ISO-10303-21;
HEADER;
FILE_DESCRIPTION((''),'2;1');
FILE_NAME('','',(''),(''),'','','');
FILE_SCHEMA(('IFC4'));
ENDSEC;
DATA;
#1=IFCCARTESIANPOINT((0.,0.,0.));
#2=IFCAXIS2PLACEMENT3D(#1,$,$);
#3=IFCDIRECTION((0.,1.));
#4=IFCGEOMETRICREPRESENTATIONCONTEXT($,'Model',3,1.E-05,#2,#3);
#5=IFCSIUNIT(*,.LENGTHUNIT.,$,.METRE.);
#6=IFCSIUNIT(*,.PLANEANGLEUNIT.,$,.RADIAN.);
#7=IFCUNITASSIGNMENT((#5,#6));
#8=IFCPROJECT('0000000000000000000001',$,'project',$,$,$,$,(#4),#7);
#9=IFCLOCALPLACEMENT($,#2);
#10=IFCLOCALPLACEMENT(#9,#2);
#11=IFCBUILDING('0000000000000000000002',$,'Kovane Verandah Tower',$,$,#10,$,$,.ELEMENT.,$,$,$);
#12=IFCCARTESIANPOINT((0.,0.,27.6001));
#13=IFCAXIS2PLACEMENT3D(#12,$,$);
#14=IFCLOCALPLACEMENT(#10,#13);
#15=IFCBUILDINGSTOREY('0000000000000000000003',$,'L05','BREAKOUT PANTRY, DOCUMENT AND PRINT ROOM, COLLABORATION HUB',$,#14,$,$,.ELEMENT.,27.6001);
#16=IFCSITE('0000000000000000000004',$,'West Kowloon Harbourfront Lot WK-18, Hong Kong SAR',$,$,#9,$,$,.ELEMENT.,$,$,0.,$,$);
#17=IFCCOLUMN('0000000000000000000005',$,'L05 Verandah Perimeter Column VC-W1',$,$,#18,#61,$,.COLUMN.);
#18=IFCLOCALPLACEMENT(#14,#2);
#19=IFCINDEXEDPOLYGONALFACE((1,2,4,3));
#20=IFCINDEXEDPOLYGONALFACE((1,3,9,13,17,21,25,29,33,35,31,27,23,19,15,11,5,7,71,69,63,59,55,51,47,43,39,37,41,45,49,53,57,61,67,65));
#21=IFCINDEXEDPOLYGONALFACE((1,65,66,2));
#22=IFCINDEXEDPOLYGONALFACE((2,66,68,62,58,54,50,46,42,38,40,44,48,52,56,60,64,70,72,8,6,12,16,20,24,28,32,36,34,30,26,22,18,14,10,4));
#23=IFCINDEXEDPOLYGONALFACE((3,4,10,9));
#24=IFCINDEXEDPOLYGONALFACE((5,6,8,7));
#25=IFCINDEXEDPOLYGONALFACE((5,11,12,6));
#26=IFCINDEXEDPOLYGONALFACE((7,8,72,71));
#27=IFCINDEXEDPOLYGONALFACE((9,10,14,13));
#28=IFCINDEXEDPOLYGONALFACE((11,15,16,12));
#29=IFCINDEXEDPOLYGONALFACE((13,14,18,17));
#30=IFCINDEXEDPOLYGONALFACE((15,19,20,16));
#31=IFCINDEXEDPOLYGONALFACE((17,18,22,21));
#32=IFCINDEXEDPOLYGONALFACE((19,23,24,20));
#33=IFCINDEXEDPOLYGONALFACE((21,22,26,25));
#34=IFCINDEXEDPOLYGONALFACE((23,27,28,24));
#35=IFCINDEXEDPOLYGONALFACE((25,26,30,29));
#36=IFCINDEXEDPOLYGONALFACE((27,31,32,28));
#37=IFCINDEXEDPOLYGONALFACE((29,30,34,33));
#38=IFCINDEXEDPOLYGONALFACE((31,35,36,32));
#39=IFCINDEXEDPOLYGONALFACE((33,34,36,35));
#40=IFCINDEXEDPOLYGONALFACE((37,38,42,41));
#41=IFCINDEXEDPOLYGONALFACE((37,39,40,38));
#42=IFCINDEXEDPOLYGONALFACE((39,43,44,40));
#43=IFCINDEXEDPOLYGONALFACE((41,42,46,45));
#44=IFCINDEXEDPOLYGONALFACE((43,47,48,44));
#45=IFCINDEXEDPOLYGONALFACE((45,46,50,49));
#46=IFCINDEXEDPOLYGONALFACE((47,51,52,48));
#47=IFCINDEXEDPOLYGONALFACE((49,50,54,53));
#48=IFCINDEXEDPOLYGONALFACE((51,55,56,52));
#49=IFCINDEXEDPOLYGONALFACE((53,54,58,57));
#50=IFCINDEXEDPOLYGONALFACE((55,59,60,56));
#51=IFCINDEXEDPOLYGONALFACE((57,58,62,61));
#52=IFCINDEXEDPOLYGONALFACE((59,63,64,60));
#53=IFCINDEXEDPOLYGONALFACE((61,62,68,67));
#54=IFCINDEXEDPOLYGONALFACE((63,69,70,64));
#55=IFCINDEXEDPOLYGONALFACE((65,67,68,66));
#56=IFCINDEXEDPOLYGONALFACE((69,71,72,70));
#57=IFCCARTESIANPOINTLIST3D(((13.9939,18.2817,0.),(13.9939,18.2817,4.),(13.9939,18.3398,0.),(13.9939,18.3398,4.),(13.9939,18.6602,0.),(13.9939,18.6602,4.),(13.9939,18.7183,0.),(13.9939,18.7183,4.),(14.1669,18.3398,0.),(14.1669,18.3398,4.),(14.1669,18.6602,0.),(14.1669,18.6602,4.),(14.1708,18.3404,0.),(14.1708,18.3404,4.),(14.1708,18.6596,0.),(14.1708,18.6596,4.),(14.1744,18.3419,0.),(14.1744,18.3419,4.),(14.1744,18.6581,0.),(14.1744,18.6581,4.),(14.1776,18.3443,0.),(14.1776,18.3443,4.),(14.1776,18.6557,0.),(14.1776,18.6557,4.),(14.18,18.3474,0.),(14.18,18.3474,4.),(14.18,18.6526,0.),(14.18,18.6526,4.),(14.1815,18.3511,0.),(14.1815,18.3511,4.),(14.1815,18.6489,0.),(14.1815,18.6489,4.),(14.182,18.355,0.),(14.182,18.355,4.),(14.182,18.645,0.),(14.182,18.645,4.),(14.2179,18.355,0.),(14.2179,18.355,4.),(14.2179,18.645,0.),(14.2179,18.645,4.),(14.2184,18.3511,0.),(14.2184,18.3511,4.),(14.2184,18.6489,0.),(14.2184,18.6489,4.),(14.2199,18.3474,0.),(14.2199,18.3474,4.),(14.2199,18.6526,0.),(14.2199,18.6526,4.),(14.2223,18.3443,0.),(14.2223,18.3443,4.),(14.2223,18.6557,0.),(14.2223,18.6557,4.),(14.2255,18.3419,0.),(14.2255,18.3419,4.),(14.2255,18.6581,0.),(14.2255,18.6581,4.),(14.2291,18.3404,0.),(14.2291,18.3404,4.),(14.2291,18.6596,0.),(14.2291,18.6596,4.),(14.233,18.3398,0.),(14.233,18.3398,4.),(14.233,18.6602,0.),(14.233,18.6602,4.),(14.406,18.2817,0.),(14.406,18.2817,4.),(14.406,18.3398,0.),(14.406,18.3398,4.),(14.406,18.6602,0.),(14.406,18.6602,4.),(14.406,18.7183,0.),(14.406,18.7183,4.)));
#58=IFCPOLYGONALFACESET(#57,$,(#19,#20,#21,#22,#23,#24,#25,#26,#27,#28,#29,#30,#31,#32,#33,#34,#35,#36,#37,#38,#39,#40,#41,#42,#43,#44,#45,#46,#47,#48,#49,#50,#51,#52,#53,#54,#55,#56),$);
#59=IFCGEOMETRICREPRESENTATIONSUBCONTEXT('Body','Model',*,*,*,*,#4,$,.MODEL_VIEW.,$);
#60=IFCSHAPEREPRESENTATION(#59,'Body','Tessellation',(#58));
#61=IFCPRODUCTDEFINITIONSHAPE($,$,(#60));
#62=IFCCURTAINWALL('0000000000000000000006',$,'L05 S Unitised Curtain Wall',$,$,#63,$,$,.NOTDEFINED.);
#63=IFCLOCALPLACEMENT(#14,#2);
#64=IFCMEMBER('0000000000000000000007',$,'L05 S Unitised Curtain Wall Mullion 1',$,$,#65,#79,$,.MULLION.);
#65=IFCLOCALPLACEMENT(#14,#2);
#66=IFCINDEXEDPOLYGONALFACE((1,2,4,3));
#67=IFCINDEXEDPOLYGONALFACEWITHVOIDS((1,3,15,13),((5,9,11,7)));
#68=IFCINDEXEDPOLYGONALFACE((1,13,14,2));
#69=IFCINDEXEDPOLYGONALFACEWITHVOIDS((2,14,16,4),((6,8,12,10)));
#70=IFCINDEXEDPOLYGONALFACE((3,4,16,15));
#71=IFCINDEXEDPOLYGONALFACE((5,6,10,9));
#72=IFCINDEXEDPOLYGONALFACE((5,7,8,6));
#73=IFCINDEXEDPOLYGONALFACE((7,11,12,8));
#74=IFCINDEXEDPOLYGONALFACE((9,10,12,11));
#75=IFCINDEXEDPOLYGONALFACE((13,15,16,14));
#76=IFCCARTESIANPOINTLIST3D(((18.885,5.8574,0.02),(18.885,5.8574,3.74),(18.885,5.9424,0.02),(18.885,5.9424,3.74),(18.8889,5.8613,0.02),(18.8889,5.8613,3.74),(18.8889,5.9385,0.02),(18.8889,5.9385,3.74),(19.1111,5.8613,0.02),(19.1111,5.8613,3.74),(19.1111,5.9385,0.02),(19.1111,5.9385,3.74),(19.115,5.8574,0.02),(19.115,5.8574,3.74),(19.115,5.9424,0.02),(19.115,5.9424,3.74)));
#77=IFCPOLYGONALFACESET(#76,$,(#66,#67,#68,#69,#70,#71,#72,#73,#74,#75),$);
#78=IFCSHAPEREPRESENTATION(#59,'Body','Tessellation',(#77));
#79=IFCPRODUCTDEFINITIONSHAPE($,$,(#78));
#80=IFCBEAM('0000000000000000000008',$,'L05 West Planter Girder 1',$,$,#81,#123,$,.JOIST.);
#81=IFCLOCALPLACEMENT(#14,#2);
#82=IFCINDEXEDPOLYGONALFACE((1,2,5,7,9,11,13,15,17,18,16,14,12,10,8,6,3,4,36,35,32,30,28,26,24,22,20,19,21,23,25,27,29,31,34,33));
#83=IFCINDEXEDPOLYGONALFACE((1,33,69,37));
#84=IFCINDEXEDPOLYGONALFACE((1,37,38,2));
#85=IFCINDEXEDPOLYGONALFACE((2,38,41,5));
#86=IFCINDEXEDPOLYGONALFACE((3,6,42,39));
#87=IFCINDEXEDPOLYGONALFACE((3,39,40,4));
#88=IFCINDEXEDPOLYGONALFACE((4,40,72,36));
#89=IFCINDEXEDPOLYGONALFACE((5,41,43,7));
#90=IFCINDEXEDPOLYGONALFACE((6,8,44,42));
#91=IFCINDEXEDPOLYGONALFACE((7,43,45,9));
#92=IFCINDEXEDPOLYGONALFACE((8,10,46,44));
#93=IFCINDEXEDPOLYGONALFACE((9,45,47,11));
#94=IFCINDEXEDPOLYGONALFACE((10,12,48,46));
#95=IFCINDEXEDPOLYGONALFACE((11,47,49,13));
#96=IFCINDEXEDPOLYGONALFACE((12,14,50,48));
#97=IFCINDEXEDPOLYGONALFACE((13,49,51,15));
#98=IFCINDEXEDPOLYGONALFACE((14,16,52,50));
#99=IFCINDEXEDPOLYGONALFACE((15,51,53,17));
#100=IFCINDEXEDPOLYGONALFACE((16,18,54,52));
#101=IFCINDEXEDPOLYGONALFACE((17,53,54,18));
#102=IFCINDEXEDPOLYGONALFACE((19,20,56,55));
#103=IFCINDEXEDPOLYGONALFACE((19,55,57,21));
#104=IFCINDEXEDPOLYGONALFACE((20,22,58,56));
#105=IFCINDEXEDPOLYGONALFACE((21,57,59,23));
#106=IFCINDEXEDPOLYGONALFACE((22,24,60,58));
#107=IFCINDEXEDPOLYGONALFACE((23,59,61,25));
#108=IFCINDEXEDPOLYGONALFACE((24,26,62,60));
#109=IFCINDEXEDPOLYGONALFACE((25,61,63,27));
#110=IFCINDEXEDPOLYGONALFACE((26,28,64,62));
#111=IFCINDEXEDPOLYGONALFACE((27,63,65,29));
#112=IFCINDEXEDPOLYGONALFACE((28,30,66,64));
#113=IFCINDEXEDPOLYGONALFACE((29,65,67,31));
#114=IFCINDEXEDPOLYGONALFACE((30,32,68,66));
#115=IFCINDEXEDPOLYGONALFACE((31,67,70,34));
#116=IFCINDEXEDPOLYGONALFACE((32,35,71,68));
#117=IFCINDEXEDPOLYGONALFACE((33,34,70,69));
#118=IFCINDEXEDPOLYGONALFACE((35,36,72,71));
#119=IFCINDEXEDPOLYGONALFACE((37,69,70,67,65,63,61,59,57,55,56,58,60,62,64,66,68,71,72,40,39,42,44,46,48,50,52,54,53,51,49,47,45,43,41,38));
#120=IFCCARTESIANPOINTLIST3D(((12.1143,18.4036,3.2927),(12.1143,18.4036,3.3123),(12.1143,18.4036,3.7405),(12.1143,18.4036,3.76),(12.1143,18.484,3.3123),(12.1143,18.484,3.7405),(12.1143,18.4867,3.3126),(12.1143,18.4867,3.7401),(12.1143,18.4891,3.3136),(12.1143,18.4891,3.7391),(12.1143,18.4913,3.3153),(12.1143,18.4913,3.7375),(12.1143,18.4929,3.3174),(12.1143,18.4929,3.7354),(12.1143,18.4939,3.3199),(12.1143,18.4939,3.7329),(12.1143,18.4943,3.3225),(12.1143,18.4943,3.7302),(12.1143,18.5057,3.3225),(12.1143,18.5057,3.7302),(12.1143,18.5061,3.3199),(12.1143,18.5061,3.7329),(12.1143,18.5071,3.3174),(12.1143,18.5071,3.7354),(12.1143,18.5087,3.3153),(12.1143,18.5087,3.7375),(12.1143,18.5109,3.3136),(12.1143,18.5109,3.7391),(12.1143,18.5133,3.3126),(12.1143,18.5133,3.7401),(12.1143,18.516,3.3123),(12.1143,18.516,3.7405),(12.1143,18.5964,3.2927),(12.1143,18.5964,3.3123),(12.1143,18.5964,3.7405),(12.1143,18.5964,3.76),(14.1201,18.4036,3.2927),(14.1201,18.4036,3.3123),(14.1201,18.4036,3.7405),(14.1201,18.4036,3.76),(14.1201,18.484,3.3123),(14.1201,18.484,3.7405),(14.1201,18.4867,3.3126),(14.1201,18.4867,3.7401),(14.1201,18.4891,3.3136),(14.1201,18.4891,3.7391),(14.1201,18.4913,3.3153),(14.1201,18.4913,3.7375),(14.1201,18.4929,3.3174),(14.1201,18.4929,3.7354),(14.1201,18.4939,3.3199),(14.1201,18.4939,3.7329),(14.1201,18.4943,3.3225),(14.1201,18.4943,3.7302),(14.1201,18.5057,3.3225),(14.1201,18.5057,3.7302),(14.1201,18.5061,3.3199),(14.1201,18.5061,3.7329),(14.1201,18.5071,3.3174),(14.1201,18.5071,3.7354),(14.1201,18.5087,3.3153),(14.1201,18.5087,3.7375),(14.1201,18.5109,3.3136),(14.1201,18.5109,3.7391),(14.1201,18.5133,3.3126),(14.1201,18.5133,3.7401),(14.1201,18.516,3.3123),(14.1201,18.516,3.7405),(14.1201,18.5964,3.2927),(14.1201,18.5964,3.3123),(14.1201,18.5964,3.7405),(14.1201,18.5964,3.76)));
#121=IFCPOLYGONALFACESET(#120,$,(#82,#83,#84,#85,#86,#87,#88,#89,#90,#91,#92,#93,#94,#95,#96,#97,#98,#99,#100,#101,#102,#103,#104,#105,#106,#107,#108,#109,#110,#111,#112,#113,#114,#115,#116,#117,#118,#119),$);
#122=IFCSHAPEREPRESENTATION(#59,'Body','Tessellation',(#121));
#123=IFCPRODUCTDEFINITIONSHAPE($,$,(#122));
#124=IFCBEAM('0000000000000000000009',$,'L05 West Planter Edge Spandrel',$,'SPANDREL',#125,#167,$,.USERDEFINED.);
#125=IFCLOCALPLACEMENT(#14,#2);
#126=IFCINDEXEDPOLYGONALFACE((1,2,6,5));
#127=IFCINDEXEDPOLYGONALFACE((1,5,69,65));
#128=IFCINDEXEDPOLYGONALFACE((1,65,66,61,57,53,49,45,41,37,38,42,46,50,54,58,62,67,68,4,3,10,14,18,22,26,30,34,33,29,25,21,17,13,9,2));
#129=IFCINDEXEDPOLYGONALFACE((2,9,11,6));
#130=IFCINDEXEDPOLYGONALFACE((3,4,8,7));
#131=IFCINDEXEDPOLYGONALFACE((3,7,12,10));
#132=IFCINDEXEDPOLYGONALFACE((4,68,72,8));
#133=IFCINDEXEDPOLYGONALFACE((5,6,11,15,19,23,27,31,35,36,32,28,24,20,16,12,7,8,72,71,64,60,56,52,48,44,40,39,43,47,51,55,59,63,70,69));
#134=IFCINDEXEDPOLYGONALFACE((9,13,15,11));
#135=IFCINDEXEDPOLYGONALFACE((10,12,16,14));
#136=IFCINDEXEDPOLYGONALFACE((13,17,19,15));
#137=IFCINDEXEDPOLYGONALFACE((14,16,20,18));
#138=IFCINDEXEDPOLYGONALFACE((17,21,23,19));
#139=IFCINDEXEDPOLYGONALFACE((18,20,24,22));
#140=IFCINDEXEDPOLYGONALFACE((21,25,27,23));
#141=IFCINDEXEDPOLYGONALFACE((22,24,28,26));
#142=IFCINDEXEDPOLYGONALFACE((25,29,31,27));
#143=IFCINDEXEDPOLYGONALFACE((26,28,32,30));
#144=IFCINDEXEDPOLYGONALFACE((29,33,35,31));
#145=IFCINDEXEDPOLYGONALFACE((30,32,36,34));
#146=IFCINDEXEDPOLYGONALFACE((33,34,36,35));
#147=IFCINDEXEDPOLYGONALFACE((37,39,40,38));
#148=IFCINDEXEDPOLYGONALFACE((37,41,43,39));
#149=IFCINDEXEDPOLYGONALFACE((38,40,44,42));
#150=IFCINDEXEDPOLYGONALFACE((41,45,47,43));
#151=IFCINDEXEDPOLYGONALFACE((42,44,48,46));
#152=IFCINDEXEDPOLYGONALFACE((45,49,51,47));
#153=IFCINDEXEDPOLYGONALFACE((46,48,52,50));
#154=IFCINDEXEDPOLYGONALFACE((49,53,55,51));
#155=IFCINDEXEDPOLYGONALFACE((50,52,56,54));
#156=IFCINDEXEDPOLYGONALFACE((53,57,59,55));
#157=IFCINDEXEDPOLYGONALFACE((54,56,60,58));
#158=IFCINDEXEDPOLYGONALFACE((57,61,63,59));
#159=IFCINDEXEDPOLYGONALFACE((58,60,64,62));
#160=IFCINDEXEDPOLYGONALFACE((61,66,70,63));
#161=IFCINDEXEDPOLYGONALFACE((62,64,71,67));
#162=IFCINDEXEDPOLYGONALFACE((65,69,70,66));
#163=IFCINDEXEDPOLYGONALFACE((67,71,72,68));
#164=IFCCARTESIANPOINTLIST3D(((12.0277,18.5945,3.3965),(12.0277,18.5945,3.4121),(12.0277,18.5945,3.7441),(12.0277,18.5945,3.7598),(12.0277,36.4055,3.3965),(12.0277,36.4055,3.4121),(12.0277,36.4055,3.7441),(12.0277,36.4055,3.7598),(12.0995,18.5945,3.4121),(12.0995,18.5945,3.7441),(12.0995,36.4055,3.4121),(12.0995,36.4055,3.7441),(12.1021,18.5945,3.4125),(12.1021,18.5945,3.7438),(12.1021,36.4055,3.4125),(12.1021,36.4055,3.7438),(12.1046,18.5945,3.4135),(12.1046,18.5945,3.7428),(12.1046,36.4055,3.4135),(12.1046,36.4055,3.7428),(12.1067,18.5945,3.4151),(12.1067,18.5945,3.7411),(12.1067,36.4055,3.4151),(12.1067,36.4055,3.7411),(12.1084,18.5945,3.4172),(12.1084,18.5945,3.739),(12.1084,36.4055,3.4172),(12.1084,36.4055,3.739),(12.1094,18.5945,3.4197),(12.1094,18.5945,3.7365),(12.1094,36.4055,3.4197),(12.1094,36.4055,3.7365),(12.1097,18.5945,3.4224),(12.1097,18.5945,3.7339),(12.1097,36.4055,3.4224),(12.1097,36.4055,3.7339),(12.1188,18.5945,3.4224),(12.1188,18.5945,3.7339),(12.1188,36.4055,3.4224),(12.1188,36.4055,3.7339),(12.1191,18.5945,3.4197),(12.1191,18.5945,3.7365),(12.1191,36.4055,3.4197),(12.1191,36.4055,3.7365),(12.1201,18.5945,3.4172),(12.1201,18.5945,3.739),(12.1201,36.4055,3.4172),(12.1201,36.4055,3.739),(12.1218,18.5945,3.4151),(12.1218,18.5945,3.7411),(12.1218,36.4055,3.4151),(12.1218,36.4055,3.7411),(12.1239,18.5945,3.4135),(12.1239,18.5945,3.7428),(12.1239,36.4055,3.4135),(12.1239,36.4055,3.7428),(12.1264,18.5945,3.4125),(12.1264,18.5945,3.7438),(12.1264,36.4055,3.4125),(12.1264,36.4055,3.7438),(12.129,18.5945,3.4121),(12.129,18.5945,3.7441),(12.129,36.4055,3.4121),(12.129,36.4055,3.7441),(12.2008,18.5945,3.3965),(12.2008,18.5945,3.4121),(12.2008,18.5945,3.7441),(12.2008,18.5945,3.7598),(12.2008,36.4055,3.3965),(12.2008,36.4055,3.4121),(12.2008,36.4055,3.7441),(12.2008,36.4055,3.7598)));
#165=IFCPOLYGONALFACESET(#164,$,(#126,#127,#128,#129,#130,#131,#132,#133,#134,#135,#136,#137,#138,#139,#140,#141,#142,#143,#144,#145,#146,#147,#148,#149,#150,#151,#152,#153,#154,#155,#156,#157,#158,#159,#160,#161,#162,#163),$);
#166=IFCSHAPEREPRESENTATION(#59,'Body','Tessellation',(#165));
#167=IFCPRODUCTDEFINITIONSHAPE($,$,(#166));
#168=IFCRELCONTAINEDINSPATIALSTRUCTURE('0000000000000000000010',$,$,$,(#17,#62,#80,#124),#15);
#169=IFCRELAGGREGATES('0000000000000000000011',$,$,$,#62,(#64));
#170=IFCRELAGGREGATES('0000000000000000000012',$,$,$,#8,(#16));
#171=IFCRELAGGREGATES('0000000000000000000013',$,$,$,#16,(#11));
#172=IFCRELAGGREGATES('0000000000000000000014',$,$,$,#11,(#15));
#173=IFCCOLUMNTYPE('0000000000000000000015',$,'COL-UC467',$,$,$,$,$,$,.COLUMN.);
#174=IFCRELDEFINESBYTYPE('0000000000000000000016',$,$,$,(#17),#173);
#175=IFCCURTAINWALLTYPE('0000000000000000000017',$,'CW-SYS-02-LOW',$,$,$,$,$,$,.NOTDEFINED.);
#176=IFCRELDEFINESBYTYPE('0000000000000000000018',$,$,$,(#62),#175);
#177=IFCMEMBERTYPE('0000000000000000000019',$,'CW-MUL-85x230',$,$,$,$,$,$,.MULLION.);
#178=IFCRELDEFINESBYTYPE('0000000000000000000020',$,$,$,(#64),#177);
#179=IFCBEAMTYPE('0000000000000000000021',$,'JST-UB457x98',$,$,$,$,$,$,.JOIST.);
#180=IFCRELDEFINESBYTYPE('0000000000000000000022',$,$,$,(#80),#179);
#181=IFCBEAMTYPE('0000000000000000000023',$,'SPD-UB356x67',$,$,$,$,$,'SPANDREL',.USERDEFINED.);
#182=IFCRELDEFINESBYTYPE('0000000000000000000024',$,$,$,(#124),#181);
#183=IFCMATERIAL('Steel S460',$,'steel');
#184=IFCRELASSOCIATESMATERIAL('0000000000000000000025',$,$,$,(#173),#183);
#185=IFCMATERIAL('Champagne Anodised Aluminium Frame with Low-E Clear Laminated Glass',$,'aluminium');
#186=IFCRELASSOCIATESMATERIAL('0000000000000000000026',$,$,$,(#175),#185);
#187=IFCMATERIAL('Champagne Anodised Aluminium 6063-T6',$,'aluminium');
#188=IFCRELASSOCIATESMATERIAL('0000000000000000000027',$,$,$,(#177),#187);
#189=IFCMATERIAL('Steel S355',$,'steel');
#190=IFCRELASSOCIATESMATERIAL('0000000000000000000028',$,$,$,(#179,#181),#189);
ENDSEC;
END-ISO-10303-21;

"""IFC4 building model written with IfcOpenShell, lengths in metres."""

from ifc_helpers import new_model, si_unit, direction, frame, origin, origin_2d, place, context, subcontext, project, spatial, hollow_rectangle, i_section, extrude, material, material_profile, profile_set, type_object, element, aggregate, save


model = new_model("IFC4")

# Units and contexts
model_context = context("Model", 3, precision=1e-05, world=origin(), true_north=direction((0.0, 1.0)))
body_context = subcontext(model_context, "Body", "Model", "MODEL_VIEW")
ifc_project = project(units=[si_unit("LENGTHUNIT", "METRE"), si_unit("PLANEANGLEUNIT", "RADIAN")], contexts=[model_context])

# Site, building, storey
site_placement = place(None, origin())
site = spatial("IfcSite", under=ifc_project, at=site_placement, Name="West Kowloon Harbourfront Lot WK-18, Hong Kong SAR", CompositionType="ELEMENT", RefElevation=0.0)
building_placement = place(site_placement, origin())
building = spatial("IfcBuilding", under=site, at=building_placement, Name="Kovane Verandah Tower", CompositionType="ELEMENT")
storey_placement = place(building_placement, frame((0.0, 0.0, 27.6001)))
storey = spatial("IfcBuildingStorey", under=building, at=storey_placement, Name="L05", Description="BREAKOUT PANTRY, DOCUMENT AND PRINT ROOM, COLLABORATION HUB", CompositionType="ELEMENT", Elevation=27.6001)

# Column
ifc_material_1 = material(Name="Steel S460", Category="steel")
ifc_material_profile_1 = material_profile(ifc_material_1, i_section(OverallWidth=0.4121, OverallDepth=0.4365, WebThickness=0.0359, FlangeThickness=0.0581, FilletRadius=0.0151, at=origin_2d()), Name="UC356x406x467")
ifc_profile_set_1 = profile_set([ifc_material_profile_1], Name="Steel S460")
column_type = type_object("IfcColumnType", Name="COL-UC467", PredefinedType="COLUMN", material=ifc_profile_set_1)
column_placement = place(storey_placement, frame((14.2, 18.5, 0.0), z_axis=(0.0, 0.0, 1.0), x_axis=(1.0, 0.0, 0.0)))
element("IfcColumn", 1, at=column_placement, inside=storey, type_object=column_type, Name="L05 Verandah Perimeter Column VC-W1", PredefinedType="COLUMN", context=body_context, shape_type="SweptSolid", body=[
    extrude(i_section(OverallWidth=0.4121, OverallDepth=0.4365, WebThickness=0.0359, FlangeThickness=0.0581, FilletRadius=0.0151, at=origin_2d()), origin(), (0.0, 0.0, 1.0), 4.0),
])

# Curtain wall, member
ifc_material_2 = material(Name="Champagne Anodised Aluminium Frame with Low-E Clear Laminated Glass", Category="aluminium")
curtain_wall_type = type_object("IfcCurtainWallType", Name="CW-SYS-02-LOW", PredefinedType="NOTDEFINED", material=ifc_material_2)
curtain_wall_placement = place(storey_placement, origin())
curtain_wall = element("IfcCurtainWall", 2, at=curtain_wall_placement, inside=storey, type_object=curtain_wall_type, Name="L05 S Unitised Curtain Wall", PredefinedType="NOTDEFINED")
ifc_material_3 = material(Name="Champagne Anodised Aluminium 6063-T6", Category="aluminium")
ifc_material_profile_2 = material_profile(ifc_material_3, hollow_rectangle(XDim=0.085, YDim=0.23, WallThickness=0.0039, at=origin_2d()), Name="AL85x230x4")
ifc_profile_set_2 = profile_set([ifc_material_profile_2], Name="Champagne Anodised Aluminium 6063-T6")
member_type = type_object("IfcMemberType", Name="CW-MUL-85x230", PredefinedType="MULLION", material=ifc_profile_set_2)
member_placement = place(storey_placement, frame((19.0, 5.8999, 0.02), z_axis=(0.0, 0.0, 1.0), x_axis=(0.0, -1.0, 0.0)))
member = element("IfcMember", 3, at=member_placement, type_object=member_type, Name="L05 S Unitised Curtain Wall Mullion 1", PredefinedType="MULLION", context=body_context, shape_type="SweptSolid", body=[
    extrude(hollow_rectangle(XDim=0.085, YDim=0.23, WallThickness=0.0039, at=origin_2d()), origin(), (0.0, 0.0, 1.0), 3.72),
])
aggregate(curtain_wall, [member])

# Beams
ifc_material_4 = material(Name="Steel S355", Category="steel")
ifc_material_profile_3 = material_profile(ifc_material_4, i_section(OverallWidth=0.1929, OverallDepth=0.4673, WebThickness=0.0115, FlangeThickness=0.0195, FilletRadius=0.0103, at=origin_2d()), Name="UB457x191x98")
ifc_profile_set_3 = profile_set([ifc_material_profile_3], Name="Steel S355")
beam_type_1 = type_object("IfcBeamType", Name="JST-UB457x98", PredefinedType="JOIST", material=ifc_profile_set_3)
beam_1_placement = place(storey_placement, frame((14.1201, 18.5, 3.5264), z_axis=(-1.0, 0.0, 0.0), x_axis=(0.0, -1.0, 0.0)))
element("IfcBeam", 4, at=beam_1_placement, inside=storey, type_object=beam_type_1, Name="L05 West Planter Girder 1", PredefinedType="JOIST", context=body_context, shape_type="SweptSolid", body=[
    extrude(i_section(OverallWidth=0.1929, OverallDepth=0.4673, WebThickness=0.0115, FlangeThickness=0.0195, FilletRadius=0.0103, at=origin_2d()), origin(), (0.0, 0.0, 1.0), 2.0059),
])
ifc_material_profile_4 = material_profile(ifc_material_4, i_section(OverallWidth=0.1731, OverallDepth=0.3633, WebThickness=0.009, FlangeThickness=0.0156, FilletRadius=0.0103, at=origin_2d()), Name="UB356x171x67")
ifc_profile_set_4 = profile_set([ifc_material_profile_4], Name="Steel S355")
beam_type_2 = type_object("IfcBeamType", Name="SPD-UB356x67", ElementType="SPANDREL", PredefinedType="USERDEFINED", material=ifc_profile_set_4)
beam_2_placement = place(storey_placement, frame((12.1143, 18.5945, 3.5781), z_axis=(0.0, 1.0, 0.0), x_axis=(-1.0, 0.0, 0.0)))
element("IfcBeam", 5, at=beam_2_placement, inside=storey, type_object=beam_type_2, Name="L05 West Planter Edge Spandrel", ObjectType="SPANDREL", PredefinedType="USERDEFINED", context=body_context, shape_type="SweptSolid", body=[
    extrude(i_section(OverallWidth=0.1731, OverallDepth=0.3633, WebThickness=0.009, FlangeThickness=0.0156, FilletRadius=0.0103, at=origin_2d()), origin(), (0.0, 0.0, 1.0), 17.811),
])

save(model, "model.ifc")
